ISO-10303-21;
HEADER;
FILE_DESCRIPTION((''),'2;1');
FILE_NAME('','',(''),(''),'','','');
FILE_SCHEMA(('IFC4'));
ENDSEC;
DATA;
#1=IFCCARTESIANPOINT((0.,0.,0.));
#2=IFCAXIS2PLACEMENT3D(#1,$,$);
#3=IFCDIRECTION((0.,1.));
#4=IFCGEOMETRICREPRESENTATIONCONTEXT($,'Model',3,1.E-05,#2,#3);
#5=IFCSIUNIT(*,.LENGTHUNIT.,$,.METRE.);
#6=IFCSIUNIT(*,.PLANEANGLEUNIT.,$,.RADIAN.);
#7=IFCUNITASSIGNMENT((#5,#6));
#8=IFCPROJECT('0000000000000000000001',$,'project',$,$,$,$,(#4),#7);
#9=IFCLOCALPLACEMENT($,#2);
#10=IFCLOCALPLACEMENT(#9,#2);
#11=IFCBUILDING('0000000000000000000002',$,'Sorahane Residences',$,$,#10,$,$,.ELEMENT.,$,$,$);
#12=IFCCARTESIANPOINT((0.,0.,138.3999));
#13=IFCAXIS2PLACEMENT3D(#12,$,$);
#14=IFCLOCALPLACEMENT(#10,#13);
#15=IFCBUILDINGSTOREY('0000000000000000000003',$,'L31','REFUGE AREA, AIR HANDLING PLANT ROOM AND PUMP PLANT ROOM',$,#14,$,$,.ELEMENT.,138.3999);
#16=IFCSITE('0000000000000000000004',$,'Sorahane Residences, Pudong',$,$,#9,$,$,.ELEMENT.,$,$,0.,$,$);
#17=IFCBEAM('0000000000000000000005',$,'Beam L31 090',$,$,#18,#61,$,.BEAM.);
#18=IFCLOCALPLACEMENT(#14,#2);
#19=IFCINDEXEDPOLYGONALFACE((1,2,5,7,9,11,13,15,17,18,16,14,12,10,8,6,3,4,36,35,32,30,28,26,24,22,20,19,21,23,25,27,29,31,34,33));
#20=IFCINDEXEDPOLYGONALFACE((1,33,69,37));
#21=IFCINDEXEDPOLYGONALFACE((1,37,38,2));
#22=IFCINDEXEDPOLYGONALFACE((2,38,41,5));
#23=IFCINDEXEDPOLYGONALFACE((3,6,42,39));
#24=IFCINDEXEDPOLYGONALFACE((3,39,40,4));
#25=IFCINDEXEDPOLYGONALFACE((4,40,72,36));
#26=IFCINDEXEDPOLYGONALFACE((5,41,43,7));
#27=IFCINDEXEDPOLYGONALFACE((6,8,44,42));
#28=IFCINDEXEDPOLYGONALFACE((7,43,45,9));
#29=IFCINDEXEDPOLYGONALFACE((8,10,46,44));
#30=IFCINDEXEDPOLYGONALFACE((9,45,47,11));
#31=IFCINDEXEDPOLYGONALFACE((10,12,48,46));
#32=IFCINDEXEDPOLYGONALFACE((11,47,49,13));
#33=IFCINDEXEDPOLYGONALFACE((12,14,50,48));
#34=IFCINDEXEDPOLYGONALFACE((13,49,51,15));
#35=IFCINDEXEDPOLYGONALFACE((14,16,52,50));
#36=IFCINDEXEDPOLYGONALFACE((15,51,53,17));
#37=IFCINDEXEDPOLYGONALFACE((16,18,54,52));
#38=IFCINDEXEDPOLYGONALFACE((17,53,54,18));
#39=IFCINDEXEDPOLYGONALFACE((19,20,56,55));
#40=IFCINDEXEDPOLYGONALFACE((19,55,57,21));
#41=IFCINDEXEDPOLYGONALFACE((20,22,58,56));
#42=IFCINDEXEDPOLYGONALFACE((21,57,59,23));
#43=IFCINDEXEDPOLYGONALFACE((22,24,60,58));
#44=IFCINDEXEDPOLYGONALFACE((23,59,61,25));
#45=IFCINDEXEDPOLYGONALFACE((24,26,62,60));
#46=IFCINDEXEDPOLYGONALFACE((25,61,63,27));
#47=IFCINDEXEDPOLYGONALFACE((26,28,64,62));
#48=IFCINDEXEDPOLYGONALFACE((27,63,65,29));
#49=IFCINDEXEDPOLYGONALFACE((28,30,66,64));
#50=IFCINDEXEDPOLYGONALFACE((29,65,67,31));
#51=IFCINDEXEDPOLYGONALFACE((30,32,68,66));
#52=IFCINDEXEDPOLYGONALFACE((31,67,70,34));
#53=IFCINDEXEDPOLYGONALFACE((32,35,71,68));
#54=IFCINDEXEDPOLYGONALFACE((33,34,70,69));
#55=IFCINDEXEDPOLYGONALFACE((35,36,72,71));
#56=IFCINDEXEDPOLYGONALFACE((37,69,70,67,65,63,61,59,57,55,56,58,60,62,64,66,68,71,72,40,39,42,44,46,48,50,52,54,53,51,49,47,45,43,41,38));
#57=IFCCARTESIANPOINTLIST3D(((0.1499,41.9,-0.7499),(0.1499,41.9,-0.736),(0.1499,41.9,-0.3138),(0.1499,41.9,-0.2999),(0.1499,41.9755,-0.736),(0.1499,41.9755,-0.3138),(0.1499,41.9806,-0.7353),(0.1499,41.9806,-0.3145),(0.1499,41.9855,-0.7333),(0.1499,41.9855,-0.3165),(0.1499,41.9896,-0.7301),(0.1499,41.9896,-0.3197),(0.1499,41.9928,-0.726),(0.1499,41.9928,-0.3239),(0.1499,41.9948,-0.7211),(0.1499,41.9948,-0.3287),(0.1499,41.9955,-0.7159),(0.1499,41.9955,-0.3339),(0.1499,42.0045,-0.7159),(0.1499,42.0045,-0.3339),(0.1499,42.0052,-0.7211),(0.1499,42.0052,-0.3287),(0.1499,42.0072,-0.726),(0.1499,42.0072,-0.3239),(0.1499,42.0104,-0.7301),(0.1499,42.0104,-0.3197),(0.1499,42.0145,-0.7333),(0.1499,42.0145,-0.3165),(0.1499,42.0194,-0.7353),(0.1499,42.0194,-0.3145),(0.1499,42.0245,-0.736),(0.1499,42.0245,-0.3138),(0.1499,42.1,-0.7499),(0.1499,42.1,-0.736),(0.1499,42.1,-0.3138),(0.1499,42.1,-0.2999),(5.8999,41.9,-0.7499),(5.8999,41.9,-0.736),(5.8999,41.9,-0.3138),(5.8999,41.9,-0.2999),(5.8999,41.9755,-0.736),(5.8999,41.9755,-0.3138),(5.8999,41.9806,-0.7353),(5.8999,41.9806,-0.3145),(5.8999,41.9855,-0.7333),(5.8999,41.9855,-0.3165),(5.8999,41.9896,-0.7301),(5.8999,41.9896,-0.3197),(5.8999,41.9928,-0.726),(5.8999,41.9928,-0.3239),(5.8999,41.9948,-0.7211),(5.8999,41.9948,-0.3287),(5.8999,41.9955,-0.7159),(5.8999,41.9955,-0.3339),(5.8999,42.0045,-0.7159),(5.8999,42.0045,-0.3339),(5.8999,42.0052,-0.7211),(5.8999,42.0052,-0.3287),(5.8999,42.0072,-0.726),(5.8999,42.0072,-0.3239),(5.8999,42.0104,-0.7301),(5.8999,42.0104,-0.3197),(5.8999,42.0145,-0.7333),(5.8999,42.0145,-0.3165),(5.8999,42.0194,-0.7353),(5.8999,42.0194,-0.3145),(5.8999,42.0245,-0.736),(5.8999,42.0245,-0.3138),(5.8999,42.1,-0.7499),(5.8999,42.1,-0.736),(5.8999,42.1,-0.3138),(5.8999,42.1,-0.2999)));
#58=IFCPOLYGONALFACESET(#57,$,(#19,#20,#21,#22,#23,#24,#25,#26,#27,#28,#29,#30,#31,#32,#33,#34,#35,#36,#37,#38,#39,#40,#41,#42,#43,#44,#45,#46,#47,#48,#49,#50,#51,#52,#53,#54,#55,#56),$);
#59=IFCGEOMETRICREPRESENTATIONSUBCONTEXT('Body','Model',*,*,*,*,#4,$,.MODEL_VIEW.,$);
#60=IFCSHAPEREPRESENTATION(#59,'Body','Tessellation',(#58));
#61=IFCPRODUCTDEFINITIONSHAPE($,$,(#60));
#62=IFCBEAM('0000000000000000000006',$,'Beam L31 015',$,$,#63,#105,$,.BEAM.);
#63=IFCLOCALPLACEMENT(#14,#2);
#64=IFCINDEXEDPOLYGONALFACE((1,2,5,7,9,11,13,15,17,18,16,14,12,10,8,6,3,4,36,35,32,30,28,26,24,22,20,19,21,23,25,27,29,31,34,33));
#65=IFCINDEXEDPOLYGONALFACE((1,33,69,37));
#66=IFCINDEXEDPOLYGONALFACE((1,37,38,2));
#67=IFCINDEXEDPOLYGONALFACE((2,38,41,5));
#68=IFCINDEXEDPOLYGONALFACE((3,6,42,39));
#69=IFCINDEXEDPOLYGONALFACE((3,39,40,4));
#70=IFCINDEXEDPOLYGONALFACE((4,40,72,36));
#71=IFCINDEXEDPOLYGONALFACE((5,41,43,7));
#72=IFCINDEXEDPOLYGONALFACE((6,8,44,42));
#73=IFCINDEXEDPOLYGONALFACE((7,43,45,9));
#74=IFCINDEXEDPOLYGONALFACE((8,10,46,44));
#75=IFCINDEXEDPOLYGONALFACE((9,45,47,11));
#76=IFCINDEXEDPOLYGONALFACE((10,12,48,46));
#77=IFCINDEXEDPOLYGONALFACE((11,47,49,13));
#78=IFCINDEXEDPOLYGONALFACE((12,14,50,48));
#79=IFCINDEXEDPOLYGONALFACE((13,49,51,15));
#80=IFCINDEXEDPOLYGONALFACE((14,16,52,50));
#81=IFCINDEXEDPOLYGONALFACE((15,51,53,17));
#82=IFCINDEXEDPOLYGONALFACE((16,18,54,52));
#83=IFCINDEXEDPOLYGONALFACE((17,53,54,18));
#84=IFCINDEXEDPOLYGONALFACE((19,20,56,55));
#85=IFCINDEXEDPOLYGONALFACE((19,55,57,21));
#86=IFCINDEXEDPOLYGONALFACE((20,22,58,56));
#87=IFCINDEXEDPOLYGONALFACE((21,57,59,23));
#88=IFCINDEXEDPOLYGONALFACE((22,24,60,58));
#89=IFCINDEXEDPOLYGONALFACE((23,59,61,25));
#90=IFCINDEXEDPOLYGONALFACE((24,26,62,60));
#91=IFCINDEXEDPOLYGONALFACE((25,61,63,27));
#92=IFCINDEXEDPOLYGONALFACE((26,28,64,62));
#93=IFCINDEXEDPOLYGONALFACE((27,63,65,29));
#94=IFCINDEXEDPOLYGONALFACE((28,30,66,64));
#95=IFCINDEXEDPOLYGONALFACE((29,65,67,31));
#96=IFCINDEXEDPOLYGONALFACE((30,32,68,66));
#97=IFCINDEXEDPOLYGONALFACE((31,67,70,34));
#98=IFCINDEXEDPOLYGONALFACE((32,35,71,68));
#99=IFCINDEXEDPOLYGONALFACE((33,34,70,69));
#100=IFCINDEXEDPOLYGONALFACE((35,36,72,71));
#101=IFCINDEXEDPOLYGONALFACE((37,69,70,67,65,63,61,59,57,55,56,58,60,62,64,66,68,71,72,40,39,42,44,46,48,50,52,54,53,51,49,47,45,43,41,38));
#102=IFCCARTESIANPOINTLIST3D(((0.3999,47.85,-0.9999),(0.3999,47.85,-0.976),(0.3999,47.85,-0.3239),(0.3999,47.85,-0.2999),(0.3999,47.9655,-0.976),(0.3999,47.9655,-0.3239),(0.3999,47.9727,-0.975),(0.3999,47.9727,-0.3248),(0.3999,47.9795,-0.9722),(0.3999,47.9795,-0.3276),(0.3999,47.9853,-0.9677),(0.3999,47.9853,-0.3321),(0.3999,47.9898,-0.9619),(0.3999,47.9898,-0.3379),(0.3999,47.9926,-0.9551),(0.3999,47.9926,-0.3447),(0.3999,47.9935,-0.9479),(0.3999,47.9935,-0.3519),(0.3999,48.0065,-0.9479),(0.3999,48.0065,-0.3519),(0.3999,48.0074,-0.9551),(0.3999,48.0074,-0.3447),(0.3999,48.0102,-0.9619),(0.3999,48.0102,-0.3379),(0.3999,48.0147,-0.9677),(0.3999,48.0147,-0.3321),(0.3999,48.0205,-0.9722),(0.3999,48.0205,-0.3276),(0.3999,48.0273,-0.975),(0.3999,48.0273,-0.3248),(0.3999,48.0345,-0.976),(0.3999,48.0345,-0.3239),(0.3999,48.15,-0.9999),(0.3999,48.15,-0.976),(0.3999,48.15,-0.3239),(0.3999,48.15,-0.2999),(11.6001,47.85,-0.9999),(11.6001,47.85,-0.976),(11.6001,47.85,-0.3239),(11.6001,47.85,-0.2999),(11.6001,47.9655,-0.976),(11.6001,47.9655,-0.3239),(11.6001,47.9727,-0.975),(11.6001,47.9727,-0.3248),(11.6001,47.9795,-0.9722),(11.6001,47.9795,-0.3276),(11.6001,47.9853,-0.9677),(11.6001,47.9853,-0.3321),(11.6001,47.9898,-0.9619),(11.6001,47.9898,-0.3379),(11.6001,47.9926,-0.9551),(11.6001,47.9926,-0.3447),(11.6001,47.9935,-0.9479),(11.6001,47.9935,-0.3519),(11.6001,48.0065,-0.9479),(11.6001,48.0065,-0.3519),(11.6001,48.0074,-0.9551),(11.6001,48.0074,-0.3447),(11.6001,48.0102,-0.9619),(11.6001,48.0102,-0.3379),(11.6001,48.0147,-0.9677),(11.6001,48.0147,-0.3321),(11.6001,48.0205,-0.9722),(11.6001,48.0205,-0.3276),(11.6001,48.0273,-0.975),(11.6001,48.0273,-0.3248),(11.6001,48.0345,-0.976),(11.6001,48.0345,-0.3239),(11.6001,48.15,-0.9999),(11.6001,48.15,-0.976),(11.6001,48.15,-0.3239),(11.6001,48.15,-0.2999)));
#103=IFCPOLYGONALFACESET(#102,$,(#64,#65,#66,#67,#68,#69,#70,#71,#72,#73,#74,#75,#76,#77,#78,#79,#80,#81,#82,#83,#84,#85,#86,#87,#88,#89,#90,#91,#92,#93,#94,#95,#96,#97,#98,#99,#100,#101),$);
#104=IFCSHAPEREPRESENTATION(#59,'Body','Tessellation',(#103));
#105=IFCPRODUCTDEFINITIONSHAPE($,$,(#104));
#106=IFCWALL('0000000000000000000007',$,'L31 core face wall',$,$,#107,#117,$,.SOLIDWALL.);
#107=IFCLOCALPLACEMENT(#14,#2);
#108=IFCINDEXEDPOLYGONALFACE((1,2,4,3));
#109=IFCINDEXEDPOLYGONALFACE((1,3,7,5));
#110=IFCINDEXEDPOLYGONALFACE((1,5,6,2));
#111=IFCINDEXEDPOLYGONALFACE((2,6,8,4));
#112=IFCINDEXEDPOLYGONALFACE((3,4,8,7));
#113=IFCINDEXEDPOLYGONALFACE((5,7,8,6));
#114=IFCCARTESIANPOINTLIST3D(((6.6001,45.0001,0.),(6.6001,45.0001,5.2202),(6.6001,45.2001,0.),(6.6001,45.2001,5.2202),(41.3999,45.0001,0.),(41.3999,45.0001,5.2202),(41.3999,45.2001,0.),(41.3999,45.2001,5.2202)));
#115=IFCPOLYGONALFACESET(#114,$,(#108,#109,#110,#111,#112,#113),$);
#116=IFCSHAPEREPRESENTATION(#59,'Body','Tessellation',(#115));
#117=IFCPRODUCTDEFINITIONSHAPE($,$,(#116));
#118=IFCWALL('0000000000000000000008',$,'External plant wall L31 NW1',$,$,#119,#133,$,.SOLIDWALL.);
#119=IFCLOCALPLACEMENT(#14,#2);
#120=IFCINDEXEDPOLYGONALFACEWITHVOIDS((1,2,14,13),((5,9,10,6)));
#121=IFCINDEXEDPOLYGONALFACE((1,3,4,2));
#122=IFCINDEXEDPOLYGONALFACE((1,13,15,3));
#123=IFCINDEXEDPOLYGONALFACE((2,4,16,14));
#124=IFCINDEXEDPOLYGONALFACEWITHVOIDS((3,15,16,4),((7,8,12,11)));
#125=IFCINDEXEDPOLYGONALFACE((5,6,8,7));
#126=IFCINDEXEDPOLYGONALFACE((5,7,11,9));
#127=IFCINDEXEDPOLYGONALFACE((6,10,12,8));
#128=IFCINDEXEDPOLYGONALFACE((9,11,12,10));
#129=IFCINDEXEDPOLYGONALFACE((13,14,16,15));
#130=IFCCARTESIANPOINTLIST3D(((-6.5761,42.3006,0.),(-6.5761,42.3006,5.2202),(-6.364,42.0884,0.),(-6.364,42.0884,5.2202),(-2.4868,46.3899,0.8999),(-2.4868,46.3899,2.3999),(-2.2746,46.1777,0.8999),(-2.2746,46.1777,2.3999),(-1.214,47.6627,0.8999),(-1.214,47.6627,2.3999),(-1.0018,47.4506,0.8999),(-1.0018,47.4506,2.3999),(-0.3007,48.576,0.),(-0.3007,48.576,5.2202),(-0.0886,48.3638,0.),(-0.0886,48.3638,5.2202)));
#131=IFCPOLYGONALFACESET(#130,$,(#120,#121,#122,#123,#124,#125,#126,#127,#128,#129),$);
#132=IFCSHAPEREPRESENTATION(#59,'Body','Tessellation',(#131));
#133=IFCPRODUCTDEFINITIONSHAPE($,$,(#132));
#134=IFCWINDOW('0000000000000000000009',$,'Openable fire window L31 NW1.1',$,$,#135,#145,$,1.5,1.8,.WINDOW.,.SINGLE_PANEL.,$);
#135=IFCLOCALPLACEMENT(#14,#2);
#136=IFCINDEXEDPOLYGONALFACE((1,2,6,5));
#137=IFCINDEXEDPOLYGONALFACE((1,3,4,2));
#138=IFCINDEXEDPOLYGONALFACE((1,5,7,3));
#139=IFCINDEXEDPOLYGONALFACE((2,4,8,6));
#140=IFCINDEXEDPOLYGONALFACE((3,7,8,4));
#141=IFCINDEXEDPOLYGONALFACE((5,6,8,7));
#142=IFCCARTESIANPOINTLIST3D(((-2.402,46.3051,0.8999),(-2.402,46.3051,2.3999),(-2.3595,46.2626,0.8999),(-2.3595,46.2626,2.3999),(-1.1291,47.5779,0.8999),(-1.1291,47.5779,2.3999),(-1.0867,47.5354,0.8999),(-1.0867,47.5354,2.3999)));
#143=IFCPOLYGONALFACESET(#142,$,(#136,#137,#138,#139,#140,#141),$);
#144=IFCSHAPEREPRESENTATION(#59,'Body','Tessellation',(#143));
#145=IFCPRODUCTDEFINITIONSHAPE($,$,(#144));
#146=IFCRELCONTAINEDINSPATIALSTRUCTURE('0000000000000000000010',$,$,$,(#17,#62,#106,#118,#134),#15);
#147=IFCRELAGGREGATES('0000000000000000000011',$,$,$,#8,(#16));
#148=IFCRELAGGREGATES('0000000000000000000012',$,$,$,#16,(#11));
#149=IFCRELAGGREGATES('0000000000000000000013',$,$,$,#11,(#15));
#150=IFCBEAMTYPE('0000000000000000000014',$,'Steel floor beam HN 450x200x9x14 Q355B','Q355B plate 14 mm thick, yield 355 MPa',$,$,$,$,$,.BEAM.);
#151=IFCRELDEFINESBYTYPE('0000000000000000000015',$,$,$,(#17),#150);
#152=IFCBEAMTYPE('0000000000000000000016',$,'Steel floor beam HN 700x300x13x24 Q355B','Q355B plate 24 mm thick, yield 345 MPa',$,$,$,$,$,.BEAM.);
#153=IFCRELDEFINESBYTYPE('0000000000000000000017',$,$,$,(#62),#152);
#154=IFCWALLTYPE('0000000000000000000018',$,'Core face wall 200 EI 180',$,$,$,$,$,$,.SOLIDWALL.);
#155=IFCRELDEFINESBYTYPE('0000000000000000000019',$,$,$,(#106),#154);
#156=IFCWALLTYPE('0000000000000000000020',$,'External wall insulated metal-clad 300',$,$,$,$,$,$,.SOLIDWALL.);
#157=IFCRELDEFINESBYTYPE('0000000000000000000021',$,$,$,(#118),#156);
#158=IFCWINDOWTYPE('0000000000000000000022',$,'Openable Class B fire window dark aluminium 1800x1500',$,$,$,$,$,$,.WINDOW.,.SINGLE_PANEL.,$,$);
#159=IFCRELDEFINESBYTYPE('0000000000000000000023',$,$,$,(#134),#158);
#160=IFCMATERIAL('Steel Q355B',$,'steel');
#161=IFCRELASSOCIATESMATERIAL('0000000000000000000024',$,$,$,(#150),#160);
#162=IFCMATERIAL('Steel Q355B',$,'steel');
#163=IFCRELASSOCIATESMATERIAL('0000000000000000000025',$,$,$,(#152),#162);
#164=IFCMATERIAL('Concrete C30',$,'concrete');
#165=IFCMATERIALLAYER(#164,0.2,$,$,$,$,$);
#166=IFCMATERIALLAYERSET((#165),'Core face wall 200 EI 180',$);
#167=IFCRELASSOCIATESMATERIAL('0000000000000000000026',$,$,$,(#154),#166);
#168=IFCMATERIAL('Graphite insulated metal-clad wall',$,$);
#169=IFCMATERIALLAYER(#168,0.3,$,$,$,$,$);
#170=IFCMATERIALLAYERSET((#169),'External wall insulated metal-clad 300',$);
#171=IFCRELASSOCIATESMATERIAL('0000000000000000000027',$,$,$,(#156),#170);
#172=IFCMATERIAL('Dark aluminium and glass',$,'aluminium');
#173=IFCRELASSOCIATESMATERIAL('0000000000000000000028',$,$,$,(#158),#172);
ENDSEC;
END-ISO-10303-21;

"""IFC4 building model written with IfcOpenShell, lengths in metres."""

from ifc_helpers import new_model, si_unit, direction, frame, frame_2d, origin, origin_2d, place, context, subcontext, project, spatial, rectangle, i_section, extrude, material, layer, layer_set, material_profile, profile_set, type_object, element, fill, save


model = new_model("IFC4")

# Units and contexts
model_context = context("Model", 3, precision=1e-05, world=origin(), true_north=direction((0.0, 1.0)))
body_context = subcontext(model_context, "Body", "Model", "MODEL_VIEW")
ifc_project = project(units=[si_unit("LENGTHUNIT", "METRE"), si_unit("PLANEANGLEUNIT", "RADIAN")], contexts=[model_context])

# Site, building, storey
site_placement = place(None, origin())
site = spatial("IfcSite", under=ifc_project, at=site_placement, Name="Sorahane Residences, Pudong", CompositionType="ELEMENT", RefElevation=0.0)
building_placement = place(site_placement, origin())
building = spatial("IfcBuilding", under=site, at=building_placement, Name="Sorahane Residences", CompositionType="ELEMENT")
storey_placement = place(building_placement, frame((0.0, 0.0, 138.3999)))
storey = spatial("IfcBuildingStorey", under=building, at=storey_placement, Name="L31", Description="REFUGE AREA, AIR HANDLING PLANT ROOM AND PUMP PLANT ROOM", CompositionType="ELEMENT", Elevation=138.3999)

# Beams
ifc_material_1 = material(Name="Steel Q355B", Category="steel")
ifc_material_profile_1 = material_profile(ifc_material_1, i_section(OverallWidth=0.2, OverallDepth=0.45, WebThickness=0.009, FlangeThickness=0.0139, FilletRadius=0.02, at=origin_2d()), Name="HN 450x200x9x14")
ifc_profile_set_1 = profile_set([ifc_material_profile_1], Name="Steel Q355B")
beam_type_1 = type_object("IfcBeamType", Name="Steel floor beam HN 450x200x9x14 Q355B", Description="Q355B plate 14 mm thick, yield 355 MPa", PredefinedType="BEAM", material=ifc_profile_set_1)
beam_1_placement = place(storey_placement, frame((0.1499, 42.0, -0.5249), z_axis=(1.0, 0.0, 0.0), x_axis=(0.0, 1.0, 0.0)))
element("IfcBeam", 1, at=beam_1_placement, inside=storey, type_object=beam_type_1, Name="Beam L31 090", PredefinedType="BEAM", context=body_context, shape_type="SweptSolid", body=[
    extrude(i_section(OverallWidth=0.2, OverallDepth=0.45, WebThickness=0.009, FlangeThickness=0.0139, FilletRadius=0.02, at=origin_2d()), origin(), (0.0, 0.0, 1.0), 5.75),
])
ifc_material_2 = material(Name="Steel Q355B", Category="steel")
ifc_material_profile_2 = material_profile(ifc_material_2, i_section(OverallWidth=0.3, OverallDepth=0.7, WebThickness=0.0129, FlangeThickness=0.0239, FilletRadius=0.0281, at=origin_2d()), Name="HN 700x300x13x24")
ifc_profile_set_2 = profile_set([ifc_material_profile_2], Name="Steel Q355B")
beam_type_2 = type_object("IfcBeamType", Name="Steel floor beam HN 700x300x13x24 Q355B", Description="Q355B plate 24 mm thick, yield 345 MPa", PredefinedType="BEAM", material=ifc_profile_set_2)
beam_2_placement = place(storey_placement, frame((0.3999, 48.0, -0.6499), z_axis=(1.0, 0.0, 0.0), x_axis=(0.0, 1.0, 0.0)))
element("IfcBeam", 2, at=beam_2_placement, inside=storey, type_object=beam_type_2, Name="Beam L31 015", PredefinedType="BEAM", context=body_context, shape_type="SweptSolid", body=[
    extrude(i_section(OverallWidth=0.3, OverallDepth=0.7, WebThickness=0.0129, FlangeThickness=0.0239, FilletRadius=0.0281, at=origin_2d()), origin(), (0.0, 0.0, 1.0), 11.2002),
])

# Wall
ifc_material_3 = material(Name="Concrete C30", Category="concrete")
ifc_layer_1 = layer(ifc_material_3, 0.2)
ifc_layer_set_1 = layer_set([ifc_layer_1], Name="Core face wall 200 EI 180")
wall_type_1 = type_object("IfcWallType", Name="Core face wall 200 EI 180", PredefinedType="SOLIDWALL", material=ifc_layer_set_1)
wall_1_placement = place(storey_placement, frame((6.6001, 45.1001, 0.0), z_axis=(0.0, 0.0, 1.0), x_axis=(1.0, 0.0, 0.0)))
element("IfcWall", 3, at=wall_1_placement, inside=storey, type_object=wall_type_1, Name="L31 core face wall", PredefinedType="SOLIDWALL", context=body_context, shape_type="SweptSolid", body=[
    extrude(rectangle(XDim=34.7998, YDim=0.2, at=frame_2d((17.3999, 0.0))), origin(), (0.0, 0.0, 1.0), 5.2202),
])

# Wall, opening, window
ifc_material_4 = material(Name="Graphite insulated metal-clad wall")
ifc_layer_2 = layer(ifc_material_4, 0.3)
ifc_layer_set_2 = layer_set([ifc_layer_2], Name="External wall insulated metal-clad 300")
wall_type_2 = type_object("IfcWallType", Name="External wall insulated metal-clad 300", PredefinedType="SOLIDWALL", material=ifc_layer_set_2)
wall_2_placement = place(storey_placement, frame((-0.1946, 48.47, 0.0), z_axis=(0.0, 0.0, 1.0), x_axis=(-0.707107, -0.707107, 0.0)))
wall_2 = element("IfcWall", 4, at=wall_2_placement, inside=storey, type_object=wall_type_2, Name="External plant wall L31 NW1", PredefinedType="SOLIDWALL", context=body_context, shape_type="SweptSolid", body=[
    extrude(rectangle(XDim=8.8748, YDim=0.3, at=frame_2d((4.4375, 0.0))), origin(), (0.0, 0.0, 1.0), 5.2202),
])
opening_1_placement = place(wall_2_placement, frame((1.2917, 0.0, 0.8999)))
opening_1 = element("IfcOpeningElement", 5, at=opening_1_placement, cuts=wall_2, PredefinedType="OPENING", context=body_context, shape_type="SweptSolid", body=[
    extrude(rectangle(XDim=1.8, YDim=1.5, at=frame_2d((0.8999, 0.75))), frame((0.0, 0.1599, 0.0), z_axis=(0.0, -1.0, 0.0), x_axis=(1.0, 0.0, 0.0)), (0.0, 0.0, 1.0), 0.3201),
])
ifc_material_5 = material(Name="Dark aluminium and glass", Category="aluminium")
window_type = type_object("IfcWindowType", Name="Openable Class B fire window dark aluminium 1800x1500", PartitioningType="SINGLE_PANEL", PredefinedType="WINDOW", material=ifc_material_5)
window_1_placement = place(opening_1_placement, origin())
window_1 = element("IfcWindow", 6, at=window_1_placement, inside=storey, type_object=window_type, Name="Openable fire window L31 NW1.1", OverallHeight=1.5, OverallWidth=1.8, PartitioningType="SINGLE_PANEL", PredefinedType="WINDOW", context=body_context, shape_type="SweptSolid", body=[
    extrude(rectangle(XDim=1.8, YDim=1.5, at=frame_2d((0.8999, 0.75))), frame((0.0, 0.03, 0.0), z_axis=(0.0, -1.0, 0.0), x_axis=(1.0, 0.0, 0.0)), (0.0, 0.0, 1.0), 0.0601),
])
fill(opening_1, window_1)

save(model, "model.ifc")
